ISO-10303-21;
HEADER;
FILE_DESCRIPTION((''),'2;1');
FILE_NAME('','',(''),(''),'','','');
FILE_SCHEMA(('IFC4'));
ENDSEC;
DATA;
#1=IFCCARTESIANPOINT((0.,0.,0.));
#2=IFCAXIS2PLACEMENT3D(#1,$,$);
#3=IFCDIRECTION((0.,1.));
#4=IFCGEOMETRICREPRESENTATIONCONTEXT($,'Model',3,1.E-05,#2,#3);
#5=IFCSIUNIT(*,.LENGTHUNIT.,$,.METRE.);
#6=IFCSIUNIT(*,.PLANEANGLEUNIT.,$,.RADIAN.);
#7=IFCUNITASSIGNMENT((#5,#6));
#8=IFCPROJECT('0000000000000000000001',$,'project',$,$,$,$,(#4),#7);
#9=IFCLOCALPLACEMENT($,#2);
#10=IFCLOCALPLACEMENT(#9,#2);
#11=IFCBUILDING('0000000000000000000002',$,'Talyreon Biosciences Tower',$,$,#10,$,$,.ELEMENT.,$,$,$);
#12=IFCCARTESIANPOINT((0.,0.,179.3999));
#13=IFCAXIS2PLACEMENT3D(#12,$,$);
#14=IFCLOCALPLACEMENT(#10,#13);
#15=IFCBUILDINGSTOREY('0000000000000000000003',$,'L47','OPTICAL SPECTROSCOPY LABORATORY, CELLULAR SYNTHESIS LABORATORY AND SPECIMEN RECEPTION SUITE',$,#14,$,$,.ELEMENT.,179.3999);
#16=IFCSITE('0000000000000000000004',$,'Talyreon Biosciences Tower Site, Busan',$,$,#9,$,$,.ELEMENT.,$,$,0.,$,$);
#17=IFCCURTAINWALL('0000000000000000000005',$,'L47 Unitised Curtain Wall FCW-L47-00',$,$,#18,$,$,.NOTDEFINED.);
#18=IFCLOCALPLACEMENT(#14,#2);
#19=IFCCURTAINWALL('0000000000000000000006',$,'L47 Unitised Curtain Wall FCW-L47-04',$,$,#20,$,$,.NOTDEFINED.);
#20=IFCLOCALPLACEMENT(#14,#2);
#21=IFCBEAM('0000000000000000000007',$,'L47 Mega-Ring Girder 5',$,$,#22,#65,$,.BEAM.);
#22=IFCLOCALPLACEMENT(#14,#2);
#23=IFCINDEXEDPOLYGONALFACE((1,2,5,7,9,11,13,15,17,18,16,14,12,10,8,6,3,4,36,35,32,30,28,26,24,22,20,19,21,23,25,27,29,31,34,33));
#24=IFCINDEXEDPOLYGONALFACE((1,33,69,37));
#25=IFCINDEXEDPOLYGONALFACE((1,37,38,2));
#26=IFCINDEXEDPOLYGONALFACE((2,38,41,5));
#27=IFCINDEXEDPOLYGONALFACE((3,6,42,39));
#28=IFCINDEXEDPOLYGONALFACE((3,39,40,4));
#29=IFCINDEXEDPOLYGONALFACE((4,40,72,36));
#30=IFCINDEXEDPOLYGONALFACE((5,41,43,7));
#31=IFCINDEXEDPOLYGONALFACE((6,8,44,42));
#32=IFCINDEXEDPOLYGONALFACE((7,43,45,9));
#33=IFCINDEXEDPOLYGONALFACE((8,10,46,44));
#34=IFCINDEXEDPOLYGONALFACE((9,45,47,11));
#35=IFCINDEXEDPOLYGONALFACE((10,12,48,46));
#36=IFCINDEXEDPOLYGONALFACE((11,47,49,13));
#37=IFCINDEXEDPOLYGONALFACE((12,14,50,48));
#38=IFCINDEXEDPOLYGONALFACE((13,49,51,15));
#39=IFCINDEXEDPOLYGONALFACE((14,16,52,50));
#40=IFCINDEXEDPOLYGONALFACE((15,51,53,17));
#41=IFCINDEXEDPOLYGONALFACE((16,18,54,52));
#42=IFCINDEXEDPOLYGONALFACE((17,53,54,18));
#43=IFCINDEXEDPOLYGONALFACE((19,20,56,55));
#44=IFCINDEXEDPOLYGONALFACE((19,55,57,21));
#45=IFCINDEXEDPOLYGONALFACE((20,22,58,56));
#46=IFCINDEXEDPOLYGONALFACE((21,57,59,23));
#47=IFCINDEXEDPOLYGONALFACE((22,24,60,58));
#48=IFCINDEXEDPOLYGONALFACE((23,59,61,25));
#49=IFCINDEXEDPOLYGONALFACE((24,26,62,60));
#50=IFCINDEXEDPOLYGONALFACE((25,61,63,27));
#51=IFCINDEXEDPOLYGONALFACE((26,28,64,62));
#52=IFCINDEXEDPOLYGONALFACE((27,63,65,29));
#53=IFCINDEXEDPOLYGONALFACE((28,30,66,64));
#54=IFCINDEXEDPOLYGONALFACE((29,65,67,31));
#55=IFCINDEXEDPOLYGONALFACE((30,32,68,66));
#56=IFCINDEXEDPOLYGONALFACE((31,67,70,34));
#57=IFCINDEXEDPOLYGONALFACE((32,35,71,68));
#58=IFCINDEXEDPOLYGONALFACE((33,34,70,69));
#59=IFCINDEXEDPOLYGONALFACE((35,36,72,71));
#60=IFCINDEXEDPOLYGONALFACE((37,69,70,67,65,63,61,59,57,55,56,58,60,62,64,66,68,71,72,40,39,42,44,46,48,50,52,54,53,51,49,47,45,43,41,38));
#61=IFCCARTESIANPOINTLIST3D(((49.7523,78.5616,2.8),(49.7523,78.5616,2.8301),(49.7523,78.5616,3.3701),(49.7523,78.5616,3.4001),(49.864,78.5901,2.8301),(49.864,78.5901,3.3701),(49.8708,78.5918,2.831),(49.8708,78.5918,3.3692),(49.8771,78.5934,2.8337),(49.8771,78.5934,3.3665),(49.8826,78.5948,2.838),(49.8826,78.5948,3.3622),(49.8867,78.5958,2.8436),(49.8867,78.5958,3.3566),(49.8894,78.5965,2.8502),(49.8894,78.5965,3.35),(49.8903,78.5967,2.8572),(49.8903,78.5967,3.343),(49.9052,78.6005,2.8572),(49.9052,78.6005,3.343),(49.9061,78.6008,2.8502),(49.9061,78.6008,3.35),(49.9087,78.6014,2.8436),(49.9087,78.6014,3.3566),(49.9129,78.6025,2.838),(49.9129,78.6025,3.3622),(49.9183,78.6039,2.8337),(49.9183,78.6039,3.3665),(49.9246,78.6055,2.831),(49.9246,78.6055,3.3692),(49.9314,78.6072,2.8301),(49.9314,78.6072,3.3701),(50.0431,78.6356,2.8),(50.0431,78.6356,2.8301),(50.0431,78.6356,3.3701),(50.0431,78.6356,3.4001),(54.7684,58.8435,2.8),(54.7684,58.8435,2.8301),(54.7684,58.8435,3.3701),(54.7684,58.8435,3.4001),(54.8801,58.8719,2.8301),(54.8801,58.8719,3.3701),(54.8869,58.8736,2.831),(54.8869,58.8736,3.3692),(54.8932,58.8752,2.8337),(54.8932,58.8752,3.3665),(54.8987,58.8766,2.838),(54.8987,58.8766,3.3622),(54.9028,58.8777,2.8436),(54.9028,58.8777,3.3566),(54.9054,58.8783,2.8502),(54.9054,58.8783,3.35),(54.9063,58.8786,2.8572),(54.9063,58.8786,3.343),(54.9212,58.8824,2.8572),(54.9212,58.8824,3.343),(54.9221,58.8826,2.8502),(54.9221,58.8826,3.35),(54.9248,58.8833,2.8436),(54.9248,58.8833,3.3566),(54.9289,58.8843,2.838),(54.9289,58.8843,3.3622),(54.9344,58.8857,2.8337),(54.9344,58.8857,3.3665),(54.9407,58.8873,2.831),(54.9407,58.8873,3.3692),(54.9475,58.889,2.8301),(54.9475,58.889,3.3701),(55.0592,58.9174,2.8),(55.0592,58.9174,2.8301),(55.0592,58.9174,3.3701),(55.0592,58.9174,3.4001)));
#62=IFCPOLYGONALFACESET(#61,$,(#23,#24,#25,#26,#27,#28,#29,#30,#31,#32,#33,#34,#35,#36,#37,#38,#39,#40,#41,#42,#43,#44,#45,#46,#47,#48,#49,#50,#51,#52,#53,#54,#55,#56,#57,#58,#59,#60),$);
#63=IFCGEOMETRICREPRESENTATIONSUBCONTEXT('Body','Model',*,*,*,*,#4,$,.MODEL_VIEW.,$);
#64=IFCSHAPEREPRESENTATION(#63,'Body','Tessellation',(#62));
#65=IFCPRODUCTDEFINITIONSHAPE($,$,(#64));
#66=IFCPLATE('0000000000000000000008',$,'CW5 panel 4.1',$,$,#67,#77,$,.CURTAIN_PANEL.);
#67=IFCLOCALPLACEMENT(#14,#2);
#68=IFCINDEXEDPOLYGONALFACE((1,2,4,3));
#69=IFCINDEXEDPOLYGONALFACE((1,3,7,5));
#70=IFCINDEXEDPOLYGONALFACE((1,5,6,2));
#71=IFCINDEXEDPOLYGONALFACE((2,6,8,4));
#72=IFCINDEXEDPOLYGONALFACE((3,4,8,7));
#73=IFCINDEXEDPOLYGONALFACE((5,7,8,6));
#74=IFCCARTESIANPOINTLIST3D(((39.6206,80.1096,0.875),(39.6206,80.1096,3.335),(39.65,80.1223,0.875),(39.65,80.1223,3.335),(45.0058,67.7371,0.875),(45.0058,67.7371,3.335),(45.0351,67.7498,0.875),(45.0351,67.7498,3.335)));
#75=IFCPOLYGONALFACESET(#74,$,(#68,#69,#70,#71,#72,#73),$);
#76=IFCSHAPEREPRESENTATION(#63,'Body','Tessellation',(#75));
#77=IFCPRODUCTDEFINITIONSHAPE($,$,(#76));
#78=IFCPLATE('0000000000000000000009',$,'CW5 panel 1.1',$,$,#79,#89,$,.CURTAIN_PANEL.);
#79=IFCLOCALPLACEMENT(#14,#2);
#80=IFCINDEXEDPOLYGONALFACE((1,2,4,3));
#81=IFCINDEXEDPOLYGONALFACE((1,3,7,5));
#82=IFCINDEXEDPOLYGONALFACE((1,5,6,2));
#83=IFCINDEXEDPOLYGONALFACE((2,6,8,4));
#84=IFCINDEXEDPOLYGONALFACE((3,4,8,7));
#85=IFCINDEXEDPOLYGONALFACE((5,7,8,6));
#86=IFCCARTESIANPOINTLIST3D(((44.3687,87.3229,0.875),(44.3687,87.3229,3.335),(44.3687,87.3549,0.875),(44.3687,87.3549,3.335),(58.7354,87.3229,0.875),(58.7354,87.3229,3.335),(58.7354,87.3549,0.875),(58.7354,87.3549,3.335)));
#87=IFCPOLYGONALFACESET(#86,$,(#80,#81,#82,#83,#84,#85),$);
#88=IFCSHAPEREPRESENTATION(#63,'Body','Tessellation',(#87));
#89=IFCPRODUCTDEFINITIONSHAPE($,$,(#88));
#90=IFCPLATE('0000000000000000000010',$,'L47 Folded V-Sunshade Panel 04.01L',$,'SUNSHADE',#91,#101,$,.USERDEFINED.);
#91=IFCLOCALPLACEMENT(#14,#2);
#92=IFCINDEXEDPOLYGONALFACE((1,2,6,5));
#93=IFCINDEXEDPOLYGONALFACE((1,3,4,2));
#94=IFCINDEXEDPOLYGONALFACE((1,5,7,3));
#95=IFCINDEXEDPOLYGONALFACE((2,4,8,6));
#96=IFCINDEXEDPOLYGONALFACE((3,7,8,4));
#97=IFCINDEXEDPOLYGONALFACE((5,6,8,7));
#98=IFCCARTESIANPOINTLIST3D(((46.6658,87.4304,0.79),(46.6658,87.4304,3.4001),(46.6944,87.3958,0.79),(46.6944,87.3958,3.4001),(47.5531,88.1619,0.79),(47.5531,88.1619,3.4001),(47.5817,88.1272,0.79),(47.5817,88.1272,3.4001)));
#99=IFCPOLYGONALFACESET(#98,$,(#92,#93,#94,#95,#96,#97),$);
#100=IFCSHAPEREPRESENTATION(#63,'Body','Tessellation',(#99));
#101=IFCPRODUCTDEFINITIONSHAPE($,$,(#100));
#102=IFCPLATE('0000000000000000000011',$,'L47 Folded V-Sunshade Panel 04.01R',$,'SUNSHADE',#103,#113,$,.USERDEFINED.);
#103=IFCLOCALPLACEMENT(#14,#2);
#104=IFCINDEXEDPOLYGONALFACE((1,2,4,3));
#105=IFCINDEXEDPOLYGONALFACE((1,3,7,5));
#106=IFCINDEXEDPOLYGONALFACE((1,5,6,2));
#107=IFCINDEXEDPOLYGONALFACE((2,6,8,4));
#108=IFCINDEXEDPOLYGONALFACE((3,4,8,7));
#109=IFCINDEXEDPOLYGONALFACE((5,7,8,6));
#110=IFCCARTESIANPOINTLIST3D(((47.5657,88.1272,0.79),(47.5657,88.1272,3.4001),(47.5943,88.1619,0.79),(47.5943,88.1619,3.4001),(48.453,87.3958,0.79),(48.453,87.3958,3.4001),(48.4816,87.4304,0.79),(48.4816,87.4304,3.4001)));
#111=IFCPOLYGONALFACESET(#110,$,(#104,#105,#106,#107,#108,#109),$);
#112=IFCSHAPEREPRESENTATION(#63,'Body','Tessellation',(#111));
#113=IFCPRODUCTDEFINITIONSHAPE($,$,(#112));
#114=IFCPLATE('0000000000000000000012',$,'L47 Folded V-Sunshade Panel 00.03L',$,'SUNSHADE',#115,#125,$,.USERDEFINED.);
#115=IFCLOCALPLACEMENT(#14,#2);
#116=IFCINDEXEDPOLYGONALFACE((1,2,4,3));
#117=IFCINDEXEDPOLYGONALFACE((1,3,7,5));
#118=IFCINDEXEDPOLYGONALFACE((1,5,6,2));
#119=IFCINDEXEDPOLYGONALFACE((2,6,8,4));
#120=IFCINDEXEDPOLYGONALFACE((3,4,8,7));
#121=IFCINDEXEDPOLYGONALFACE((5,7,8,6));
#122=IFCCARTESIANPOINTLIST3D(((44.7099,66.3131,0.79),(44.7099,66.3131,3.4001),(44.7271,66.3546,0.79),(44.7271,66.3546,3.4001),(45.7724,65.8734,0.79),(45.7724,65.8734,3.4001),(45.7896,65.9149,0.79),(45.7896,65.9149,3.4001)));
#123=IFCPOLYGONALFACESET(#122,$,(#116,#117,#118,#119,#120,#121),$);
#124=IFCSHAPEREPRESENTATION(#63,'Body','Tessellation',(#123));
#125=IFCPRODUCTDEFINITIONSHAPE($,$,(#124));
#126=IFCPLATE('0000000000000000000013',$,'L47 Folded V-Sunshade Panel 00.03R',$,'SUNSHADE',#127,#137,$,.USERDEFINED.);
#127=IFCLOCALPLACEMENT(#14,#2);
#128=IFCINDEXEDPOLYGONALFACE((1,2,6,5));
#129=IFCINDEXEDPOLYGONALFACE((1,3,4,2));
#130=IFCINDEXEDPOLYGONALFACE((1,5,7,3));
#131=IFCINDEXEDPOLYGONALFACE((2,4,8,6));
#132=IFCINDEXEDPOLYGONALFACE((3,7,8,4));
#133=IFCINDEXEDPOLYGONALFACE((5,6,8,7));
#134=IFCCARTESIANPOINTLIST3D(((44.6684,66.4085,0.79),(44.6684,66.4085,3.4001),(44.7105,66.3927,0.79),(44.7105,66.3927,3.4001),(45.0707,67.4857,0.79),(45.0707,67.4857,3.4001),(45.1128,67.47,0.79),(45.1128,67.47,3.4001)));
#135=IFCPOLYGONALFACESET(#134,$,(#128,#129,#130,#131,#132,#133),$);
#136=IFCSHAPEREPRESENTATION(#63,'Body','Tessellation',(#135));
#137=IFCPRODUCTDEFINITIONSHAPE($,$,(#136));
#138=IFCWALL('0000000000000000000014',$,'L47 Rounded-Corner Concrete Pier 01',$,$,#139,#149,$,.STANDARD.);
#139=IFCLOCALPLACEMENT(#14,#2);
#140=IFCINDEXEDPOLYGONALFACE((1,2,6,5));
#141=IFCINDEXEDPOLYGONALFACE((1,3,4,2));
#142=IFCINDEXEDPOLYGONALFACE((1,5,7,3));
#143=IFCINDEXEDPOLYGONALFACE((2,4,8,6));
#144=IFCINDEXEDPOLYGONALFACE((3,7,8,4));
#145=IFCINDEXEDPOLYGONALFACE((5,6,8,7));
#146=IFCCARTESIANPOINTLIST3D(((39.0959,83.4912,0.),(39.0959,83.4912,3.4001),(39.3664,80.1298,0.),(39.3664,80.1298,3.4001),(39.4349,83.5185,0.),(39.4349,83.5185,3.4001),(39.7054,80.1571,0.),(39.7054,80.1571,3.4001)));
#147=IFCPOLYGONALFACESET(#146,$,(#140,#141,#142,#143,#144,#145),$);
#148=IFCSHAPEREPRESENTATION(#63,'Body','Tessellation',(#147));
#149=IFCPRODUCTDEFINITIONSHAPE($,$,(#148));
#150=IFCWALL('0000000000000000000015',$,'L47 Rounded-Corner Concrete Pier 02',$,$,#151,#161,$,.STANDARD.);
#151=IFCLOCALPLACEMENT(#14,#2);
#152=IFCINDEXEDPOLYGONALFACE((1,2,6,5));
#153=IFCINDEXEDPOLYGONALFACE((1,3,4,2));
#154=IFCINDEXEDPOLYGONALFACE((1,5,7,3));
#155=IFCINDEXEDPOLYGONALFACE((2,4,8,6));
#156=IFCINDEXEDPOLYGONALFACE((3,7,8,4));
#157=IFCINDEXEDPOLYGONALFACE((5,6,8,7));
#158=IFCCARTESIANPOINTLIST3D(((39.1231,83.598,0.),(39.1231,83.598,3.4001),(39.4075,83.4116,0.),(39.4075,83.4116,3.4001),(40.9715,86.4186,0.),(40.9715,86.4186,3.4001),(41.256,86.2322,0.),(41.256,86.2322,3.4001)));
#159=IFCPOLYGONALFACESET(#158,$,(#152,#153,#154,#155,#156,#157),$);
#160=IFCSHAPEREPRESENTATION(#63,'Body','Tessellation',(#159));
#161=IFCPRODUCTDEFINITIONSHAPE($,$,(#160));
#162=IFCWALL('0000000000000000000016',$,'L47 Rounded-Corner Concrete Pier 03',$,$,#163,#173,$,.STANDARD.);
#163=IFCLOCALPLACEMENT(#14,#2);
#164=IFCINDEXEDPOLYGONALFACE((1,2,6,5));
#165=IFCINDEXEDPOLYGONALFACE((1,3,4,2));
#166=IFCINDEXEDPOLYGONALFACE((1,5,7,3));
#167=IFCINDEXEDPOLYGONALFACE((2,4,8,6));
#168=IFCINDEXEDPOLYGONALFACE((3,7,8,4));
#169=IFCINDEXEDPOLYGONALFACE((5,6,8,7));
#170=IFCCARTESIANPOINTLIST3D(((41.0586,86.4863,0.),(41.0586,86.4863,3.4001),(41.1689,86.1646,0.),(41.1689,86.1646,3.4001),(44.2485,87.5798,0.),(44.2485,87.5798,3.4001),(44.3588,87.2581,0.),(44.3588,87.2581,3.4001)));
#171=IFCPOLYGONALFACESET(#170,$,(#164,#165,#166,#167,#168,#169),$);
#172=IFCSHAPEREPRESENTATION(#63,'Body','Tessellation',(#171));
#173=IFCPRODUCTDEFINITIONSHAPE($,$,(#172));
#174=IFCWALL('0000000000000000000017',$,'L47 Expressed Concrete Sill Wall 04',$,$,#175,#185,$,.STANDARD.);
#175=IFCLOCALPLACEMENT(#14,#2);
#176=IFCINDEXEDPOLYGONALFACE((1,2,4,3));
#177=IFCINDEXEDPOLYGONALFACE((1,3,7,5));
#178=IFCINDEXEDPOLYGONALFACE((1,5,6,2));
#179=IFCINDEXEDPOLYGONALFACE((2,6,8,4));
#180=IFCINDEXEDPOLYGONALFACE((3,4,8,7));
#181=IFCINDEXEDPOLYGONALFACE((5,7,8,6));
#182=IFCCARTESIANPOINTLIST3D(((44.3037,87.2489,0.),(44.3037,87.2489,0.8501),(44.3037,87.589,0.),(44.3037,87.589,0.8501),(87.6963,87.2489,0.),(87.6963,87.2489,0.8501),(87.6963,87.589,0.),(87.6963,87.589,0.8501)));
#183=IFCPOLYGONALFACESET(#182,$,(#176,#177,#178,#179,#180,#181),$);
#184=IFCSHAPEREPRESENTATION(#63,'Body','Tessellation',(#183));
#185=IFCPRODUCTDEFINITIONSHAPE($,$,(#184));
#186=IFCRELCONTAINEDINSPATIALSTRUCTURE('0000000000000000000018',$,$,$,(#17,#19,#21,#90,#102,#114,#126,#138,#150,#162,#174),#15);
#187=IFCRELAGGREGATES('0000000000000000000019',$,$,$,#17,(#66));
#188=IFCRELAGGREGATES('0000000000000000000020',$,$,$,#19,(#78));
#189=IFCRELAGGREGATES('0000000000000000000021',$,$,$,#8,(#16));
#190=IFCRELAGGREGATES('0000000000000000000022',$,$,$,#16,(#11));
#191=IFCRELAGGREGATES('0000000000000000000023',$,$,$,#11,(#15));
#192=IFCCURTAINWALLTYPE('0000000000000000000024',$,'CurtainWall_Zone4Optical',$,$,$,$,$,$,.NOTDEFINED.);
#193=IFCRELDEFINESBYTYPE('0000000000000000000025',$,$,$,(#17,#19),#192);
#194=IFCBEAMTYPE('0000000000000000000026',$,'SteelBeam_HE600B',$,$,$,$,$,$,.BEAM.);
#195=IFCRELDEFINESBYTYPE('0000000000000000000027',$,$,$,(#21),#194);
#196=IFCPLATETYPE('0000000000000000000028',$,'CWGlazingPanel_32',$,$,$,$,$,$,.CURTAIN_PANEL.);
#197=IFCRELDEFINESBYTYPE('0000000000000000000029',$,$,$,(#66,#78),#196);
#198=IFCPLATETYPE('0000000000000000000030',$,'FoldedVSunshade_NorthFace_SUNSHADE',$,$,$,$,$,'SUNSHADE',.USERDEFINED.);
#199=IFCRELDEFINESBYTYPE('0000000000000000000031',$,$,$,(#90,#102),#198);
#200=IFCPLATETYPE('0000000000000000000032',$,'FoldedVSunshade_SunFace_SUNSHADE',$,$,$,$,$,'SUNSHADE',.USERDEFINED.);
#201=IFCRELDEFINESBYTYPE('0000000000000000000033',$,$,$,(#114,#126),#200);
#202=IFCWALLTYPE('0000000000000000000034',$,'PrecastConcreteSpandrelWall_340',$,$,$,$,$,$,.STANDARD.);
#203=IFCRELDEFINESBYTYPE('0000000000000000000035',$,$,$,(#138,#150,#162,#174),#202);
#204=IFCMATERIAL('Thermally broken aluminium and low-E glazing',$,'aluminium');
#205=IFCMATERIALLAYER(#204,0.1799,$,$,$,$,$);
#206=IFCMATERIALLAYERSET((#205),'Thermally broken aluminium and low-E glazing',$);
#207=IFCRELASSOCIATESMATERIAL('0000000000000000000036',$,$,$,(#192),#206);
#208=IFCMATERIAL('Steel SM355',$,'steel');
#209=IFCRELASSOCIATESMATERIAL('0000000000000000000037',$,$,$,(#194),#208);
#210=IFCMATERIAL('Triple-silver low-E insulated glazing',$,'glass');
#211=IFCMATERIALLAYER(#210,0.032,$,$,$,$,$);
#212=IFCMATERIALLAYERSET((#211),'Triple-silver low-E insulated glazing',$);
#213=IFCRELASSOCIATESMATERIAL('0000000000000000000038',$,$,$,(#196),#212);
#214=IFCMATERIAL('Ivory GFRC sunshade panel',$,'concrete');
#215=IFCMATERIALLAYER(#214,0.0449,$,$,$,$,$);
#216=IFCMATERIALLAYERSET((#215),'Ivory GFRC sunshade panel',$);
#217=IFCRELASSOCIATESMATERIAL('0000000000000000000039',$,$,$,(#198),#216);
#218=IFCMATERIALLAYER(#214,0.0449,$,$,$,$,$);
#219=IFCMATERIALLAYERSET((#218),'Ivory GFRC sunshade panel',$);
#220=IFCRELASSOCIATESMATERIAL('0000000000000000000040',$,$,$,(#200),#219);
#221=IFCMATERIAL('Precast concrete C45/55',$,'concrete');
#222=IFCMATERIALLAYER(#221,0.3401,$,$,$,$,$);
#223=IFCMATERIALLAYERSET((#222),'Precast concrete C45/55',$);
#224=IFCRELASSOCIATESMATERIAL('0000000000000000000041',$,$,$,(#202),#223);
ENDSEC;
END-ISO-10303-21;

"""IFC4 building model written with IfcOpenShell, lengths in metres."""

from ifc_helpers import new_model, si_unit, direction, frame, frame_2d, origin, origin_2d, place, context, subcontext, project, spatial, rectangle, i_section, extrude, material, layer, layer_set, material_profile, profile_set, type_object, element, aggregate, save


model = new_model("IFC4")

# Units and contexts
model_context = context("Model", 3, precision=1e-05, world=origin(), true_north=direction((0.0, 1.0)))
body_context = subcontext(model_context, "Body", "Model", "MODEL_VIEW")
ifc_project = project(units=[si_unit("LENGTHUNIT", "METRE"), si_unit("PLANEANGLEUNIT", "RADIAN")], contexts=[model_context])

# Site, building, storey
site_placement = place(None, origin())
site = spatial("IfcSite", under=ifc_project, at=site_placement, Name="Talyreon Biosciences Tower Site, Busan", CompositionType="ELEMENT", RefElevation=0.0)
building_placement = place(site_placement, origin())
building = spatial("IfcBuilding", under=site, at=building_placement, Name="Talyreon Biosciences Tower", CompositionType="ELEMENT")
storey_placement = place(building_placement, frame((0.0, 0.0, 179.3999)))
storey = spatial("IfcBuildingStorey", under=building, at=storey_placement, Name="L47", Description="OPTICAL SPECTROSCOPY LABORATORY, CELLULAR SYNTHESIS LABORATORY AND SPECIMEN RECEPTION SUITE", CompositionType="ELEMENT", Elevation=179.3999)

# Curtain wall
ifc_material_1 = material(Name="Thermally broken aluminium and low-E glazing", Category="aluminium")
ifc_layer_1 = layer(ifc_material_1, 0.1799)
ifc_layer_set_1 = layer_set([ifc_layer_1], Name="Thermally broken aluminium and low-E glazing")
curtain_wall_type = type_object("IfcCurtainWallType", Name="CurtainWall_Zone4Optical", PredefinedType="NOTDEFINED", material=ifc_layer_set_1)
curtain_wall_1_placement = place(storey_placement, origin())
curtain_wall_1 = element("IfcCurtainWall", 1, at=curtain_wall_1_placement, inside=storey, type_object=curtain_wall_type, Name="L47 Unitised Curtain Wall FCW-L47-00", PredefinedType="NOTDEFINED")

# Curtain wall
curtain_wall_2_placement = place(storey_placement, origin())
curtain_wall_2 = element("IfcCurtainWall", 2, at=curtain_wall_2_placement, inside=storey, type_object=curtain_wall_type, Name="L47 Unitised Curtain Wall FCW-L47-04", PredefinedType="NOTDEFINED")

# Beam
ifc_material_2 = material(Name="Precast concrete C45/55", Category="concrete")
ifc_material_3 = material(Name="Steel SM355", Category="steel")
ifc_material_profile_1 = material_profile(ifc_material_3, i_section(OverallWidth=0.3, OverallDepth=0.6001, WebThickness=0.0154, FlangeThickness=0.03, FilletRadius=0.0271, at=origin_2d()), Name="HE600B")
ifc_profile_set_1 = profile_set([ifc_material_profile_1], Name="Steel SM355")
beam_type_1 = type_object("IfcBeamType", Name="SteelBeam_HE600B", PredefinedType="BEAM", material=ifc_profile_set_1)
beam_1_placement = place(storey_placement, frame((49.8977, 78.5986, 3.1001), z_axis=(0.246537, -0.969133, 0.0), x_axis=(0.969133, 0.246537, 0.0)))
element("IfcBeam", 3, at=beam_1_placement, inside=storey, type_object=beam_type_1, Name="L47 Mega-Ring Girder 5", PredefinedType="BEAM", context=body_context, shape_type="SweptSolid", body=[
    extrude(i_section(OverallWidth=0.3, OverallDepth=0.6001, WebThickness=0.0154, FlangeThickness=0.03, FilletRadius=0.0271, at=origin_2d()), origin(), (0.0, 0.0, 1.0), 20.3462),
])

# Plates
ifc_material_4 = material(Name="Triple-silver low-E insulated glazing", Category="glass")
ifc_layer_2 = layer(ifc_material_4, 0.032)
ifc_layer_set_2 = layer_set([ifc_layer_2], Name="Triple-silver low-E insulated glazing")
plate_type_1 = type_object("IfcPlateType", Name="CWGlazingPanel_32", PredefinedType="CURTAIN_PANEL", material=ifc_layer_set_2)
plate_1_placement = place(storey_placement, frame((42.3279, 73.9297, 0.875), z_axis=(0.0, 0.0, 1.0), x_axis=(-0.399089, 0.916912, 0.0)))
plate_1 = element("IfcPlate", 4, at=plate_1_placement, type_object=plate_type_1, Name="CW5 panel 4.1", PredefinedType="CURTAIN_PANEL", context=body_context, shape_type="SweptSolid", body=[
    extrude(rectangle(XDim=13.4937, YDim=0.032, at=origin_2d()), origin(), (0.0, 0.0, 1.0), 2.46),
])
aggregate(curtain_wall_1, [plate_1])
plate_2_placement = place(storey_placement, frame((51.552, 87.3389, 0.875), z_axis=(0.0, 0.0, 1.0), x_axis=(1.0, 0.0, 0.0)))
plate_2 = element("IfcPlate", 5, at=plate_2_placement, type_object=plate_type_1, Name="CW5 panel 1.1", PredefinedType="CURTAIN_PANEL", context=body_context, shape_type="SweptSolid", body=[
    extrude(rectangle(XDim=14.3667, YDim=0.032, at=origin_2d()), origin(), (0.0, 0.0, 1.0), 2.46),
])
aggregate(curtain_wall_2, [plate_2])

# Plates
ifc_material_5 = material(Name="Ivory GFRC sunshade panel", Category="concrete")
ifc_layer_3 = layer(ifc_material_5, 0.0449)
ifc_layer_set_3 = layer_set([ifc_layer_3], Name="Ivory GFRC sunshade panel")
plate_type_2 = type_object("IfcPlateType", Name="FoldedVSunshade_NorthFace_SUNSHADE", ElementType="SUNSHADE", PredefinedType="USERDEFINED", material=ifc_layer_set_3)
for number, where, z_axis, x_axis, name in (
    (6, (47.1238, 87.7788, 0.79), (0.0, 0.0, 1.0), (0.771625, 0.636078, 0.0), "L47 Folded V-Sunshade Panel 04.01L"),
    (7, (48.0237, 87.7788, 0.79), (0.0, 0.0, 1.0), (0.771625, -0.636078, 0.0), "L47 Folded V-Sunshade Panel 04.01R"),
):
    element("IfcPlate", number, at=place(storey_placement, frame(where, z_axis=z_axis, x_axis=x_axis)), inside=storey, type_object=plate_type_2, Name=name, ObjectType="SUNSHADE", PredefinedType="USERDEFINED", context=body_context, shape_type="SweptSolid", body=[
        extrude(rectangle(XDim=1.1499, YDim=0.0449, at=origin_2d()), origin(), (0.0, 0.0, 1.0), 2.6101),
    ])
ifc_layer_4 = layer(ifc_material_5, 0.0449)
ifc_layer_set_4 = layer_set([ifc_layer_4], Name="Ivory GFRC sunshade panel")
plate_type_3 = type_object("IfcPlateType", Name="FoldedVSunshade_SunFace_SUNSHADE", ElementType="SUNSHADE", PredefinedType="USERDEFINED", material=ifc_layer_set_4)
for number, where, z_axis, x_axis, name in (
    (8, (45.2498, 66.114, 0.79), (0.0, 0.0, 1.0), (-0.92402, 0.382345, 0.0), "L47 Folded V-Sunshade Panel 00.03L"),
    (9, (44.8906, 66.9392, 0.79), (0.0, 0.0, 1.0), (0.349864, 0.9368, 0.0), "L47 Folded V-Sunshade Panel 00.03R"),
):
    element("IfcPlate", number, at=place(storey_placement, frame(where, z_axis=z_axis, x_axis=x_axis)), inside=storey, type_object=plate_type_3, Name=name, ObjectType="SUNSHADE", PredefinedType="USERDEFINED", context=body_context, shape_type="SweptSolid", body=[
        extrude(rectangle(XDim=1.1499, YDim=0.0449, at=origin_2d()), origin(), (0.0, 0.0, 1.0), 2.6101),
    ])

# Walls
ifc_layer_5 = layer(ifc_material_2, 0.3401)
ifc_layer_set_5 = layer_set([ifc_layer_5], Name="Precast concrete C45/55")
wall_type = type_object("IfcWallType", Name="PrecastConcreteSpandrelWall_340", PredefinedType="STANDARD", material=ifc_layer_set_5)
for number, where, z_axis, x_axis, name in (
    (10, (39.5359, 80.1436, 0.0), (0.0, 0.0, 1.0), (-0.080217, 0.996777, 0.0), "L47 Rounded-Corner Concrete Pier 01"),
    (11, (39.2654, 83.5049, 0.0), (0.0, 0.0, 1.0), (0.548117, 0.836402, 0.0), "L47 Rounded-Corner Concrete Pier 02"),
):
    element("IfcWall", number, at=place(storey_placement, frame(where, z_axis=z_axis, x_axis=x_axis)), inside=storey, type_object=wall_type, Name=name, PredefinedType="STANDARD", context=body_context, shape_type="SweptSolid", body=[
        extrude(rectangle(XDim=3.3723, YDim=0.3401, at=frame_2d((1.686, 0.0))), origin(), (0.0, 0.0, 1.0), 3.4001),
    ])
wall_1_placement = place(storey_placement, frame((41.1138, 86.3254, 0.0), z_axis=(0.0, 0.0, 1.0), x_axis=(0.945963, 0.324274, 0.0)))
element("IfcWall", 12, at=wall_1_placement, inside=storey, type_object=wall_type, Name="L47 Rounded-Corner Concrete Pier 03", PredefinedType="STANDARD", context=body_context, shape_type="SweptSolid", body=[
    extrude(rectangle(XDim=3.3721, YDim=0.3401, at=frame_2d((1.686, 0.0))), origin(), (0.0, 0.0, 1.0), 3.4001),
])
wall_2_placement = place(storey_placement, frame((44.3037, 87.4189, 0.0), z_axis=(0.0, 0.0, 1.0), x_axis=(1.0, 0.0, 0.0)))
element("IfcWall", 13, at=wall_2_placement, inside=storey, type_object=wall_type, Name="L47 Expressed Concrete Sill Wall 04", PredefinedType="STANDARD", context=body_context, shape_type="SweptSolid", body=[
    extrude(rectangle(XDim=43.3926, YDim=0.3401, at=frame_2d((21.6963, 0.0))), origin(), (0.0, 0.0, 1.0), 0.8501),
])

save(model, "model.ifc")
